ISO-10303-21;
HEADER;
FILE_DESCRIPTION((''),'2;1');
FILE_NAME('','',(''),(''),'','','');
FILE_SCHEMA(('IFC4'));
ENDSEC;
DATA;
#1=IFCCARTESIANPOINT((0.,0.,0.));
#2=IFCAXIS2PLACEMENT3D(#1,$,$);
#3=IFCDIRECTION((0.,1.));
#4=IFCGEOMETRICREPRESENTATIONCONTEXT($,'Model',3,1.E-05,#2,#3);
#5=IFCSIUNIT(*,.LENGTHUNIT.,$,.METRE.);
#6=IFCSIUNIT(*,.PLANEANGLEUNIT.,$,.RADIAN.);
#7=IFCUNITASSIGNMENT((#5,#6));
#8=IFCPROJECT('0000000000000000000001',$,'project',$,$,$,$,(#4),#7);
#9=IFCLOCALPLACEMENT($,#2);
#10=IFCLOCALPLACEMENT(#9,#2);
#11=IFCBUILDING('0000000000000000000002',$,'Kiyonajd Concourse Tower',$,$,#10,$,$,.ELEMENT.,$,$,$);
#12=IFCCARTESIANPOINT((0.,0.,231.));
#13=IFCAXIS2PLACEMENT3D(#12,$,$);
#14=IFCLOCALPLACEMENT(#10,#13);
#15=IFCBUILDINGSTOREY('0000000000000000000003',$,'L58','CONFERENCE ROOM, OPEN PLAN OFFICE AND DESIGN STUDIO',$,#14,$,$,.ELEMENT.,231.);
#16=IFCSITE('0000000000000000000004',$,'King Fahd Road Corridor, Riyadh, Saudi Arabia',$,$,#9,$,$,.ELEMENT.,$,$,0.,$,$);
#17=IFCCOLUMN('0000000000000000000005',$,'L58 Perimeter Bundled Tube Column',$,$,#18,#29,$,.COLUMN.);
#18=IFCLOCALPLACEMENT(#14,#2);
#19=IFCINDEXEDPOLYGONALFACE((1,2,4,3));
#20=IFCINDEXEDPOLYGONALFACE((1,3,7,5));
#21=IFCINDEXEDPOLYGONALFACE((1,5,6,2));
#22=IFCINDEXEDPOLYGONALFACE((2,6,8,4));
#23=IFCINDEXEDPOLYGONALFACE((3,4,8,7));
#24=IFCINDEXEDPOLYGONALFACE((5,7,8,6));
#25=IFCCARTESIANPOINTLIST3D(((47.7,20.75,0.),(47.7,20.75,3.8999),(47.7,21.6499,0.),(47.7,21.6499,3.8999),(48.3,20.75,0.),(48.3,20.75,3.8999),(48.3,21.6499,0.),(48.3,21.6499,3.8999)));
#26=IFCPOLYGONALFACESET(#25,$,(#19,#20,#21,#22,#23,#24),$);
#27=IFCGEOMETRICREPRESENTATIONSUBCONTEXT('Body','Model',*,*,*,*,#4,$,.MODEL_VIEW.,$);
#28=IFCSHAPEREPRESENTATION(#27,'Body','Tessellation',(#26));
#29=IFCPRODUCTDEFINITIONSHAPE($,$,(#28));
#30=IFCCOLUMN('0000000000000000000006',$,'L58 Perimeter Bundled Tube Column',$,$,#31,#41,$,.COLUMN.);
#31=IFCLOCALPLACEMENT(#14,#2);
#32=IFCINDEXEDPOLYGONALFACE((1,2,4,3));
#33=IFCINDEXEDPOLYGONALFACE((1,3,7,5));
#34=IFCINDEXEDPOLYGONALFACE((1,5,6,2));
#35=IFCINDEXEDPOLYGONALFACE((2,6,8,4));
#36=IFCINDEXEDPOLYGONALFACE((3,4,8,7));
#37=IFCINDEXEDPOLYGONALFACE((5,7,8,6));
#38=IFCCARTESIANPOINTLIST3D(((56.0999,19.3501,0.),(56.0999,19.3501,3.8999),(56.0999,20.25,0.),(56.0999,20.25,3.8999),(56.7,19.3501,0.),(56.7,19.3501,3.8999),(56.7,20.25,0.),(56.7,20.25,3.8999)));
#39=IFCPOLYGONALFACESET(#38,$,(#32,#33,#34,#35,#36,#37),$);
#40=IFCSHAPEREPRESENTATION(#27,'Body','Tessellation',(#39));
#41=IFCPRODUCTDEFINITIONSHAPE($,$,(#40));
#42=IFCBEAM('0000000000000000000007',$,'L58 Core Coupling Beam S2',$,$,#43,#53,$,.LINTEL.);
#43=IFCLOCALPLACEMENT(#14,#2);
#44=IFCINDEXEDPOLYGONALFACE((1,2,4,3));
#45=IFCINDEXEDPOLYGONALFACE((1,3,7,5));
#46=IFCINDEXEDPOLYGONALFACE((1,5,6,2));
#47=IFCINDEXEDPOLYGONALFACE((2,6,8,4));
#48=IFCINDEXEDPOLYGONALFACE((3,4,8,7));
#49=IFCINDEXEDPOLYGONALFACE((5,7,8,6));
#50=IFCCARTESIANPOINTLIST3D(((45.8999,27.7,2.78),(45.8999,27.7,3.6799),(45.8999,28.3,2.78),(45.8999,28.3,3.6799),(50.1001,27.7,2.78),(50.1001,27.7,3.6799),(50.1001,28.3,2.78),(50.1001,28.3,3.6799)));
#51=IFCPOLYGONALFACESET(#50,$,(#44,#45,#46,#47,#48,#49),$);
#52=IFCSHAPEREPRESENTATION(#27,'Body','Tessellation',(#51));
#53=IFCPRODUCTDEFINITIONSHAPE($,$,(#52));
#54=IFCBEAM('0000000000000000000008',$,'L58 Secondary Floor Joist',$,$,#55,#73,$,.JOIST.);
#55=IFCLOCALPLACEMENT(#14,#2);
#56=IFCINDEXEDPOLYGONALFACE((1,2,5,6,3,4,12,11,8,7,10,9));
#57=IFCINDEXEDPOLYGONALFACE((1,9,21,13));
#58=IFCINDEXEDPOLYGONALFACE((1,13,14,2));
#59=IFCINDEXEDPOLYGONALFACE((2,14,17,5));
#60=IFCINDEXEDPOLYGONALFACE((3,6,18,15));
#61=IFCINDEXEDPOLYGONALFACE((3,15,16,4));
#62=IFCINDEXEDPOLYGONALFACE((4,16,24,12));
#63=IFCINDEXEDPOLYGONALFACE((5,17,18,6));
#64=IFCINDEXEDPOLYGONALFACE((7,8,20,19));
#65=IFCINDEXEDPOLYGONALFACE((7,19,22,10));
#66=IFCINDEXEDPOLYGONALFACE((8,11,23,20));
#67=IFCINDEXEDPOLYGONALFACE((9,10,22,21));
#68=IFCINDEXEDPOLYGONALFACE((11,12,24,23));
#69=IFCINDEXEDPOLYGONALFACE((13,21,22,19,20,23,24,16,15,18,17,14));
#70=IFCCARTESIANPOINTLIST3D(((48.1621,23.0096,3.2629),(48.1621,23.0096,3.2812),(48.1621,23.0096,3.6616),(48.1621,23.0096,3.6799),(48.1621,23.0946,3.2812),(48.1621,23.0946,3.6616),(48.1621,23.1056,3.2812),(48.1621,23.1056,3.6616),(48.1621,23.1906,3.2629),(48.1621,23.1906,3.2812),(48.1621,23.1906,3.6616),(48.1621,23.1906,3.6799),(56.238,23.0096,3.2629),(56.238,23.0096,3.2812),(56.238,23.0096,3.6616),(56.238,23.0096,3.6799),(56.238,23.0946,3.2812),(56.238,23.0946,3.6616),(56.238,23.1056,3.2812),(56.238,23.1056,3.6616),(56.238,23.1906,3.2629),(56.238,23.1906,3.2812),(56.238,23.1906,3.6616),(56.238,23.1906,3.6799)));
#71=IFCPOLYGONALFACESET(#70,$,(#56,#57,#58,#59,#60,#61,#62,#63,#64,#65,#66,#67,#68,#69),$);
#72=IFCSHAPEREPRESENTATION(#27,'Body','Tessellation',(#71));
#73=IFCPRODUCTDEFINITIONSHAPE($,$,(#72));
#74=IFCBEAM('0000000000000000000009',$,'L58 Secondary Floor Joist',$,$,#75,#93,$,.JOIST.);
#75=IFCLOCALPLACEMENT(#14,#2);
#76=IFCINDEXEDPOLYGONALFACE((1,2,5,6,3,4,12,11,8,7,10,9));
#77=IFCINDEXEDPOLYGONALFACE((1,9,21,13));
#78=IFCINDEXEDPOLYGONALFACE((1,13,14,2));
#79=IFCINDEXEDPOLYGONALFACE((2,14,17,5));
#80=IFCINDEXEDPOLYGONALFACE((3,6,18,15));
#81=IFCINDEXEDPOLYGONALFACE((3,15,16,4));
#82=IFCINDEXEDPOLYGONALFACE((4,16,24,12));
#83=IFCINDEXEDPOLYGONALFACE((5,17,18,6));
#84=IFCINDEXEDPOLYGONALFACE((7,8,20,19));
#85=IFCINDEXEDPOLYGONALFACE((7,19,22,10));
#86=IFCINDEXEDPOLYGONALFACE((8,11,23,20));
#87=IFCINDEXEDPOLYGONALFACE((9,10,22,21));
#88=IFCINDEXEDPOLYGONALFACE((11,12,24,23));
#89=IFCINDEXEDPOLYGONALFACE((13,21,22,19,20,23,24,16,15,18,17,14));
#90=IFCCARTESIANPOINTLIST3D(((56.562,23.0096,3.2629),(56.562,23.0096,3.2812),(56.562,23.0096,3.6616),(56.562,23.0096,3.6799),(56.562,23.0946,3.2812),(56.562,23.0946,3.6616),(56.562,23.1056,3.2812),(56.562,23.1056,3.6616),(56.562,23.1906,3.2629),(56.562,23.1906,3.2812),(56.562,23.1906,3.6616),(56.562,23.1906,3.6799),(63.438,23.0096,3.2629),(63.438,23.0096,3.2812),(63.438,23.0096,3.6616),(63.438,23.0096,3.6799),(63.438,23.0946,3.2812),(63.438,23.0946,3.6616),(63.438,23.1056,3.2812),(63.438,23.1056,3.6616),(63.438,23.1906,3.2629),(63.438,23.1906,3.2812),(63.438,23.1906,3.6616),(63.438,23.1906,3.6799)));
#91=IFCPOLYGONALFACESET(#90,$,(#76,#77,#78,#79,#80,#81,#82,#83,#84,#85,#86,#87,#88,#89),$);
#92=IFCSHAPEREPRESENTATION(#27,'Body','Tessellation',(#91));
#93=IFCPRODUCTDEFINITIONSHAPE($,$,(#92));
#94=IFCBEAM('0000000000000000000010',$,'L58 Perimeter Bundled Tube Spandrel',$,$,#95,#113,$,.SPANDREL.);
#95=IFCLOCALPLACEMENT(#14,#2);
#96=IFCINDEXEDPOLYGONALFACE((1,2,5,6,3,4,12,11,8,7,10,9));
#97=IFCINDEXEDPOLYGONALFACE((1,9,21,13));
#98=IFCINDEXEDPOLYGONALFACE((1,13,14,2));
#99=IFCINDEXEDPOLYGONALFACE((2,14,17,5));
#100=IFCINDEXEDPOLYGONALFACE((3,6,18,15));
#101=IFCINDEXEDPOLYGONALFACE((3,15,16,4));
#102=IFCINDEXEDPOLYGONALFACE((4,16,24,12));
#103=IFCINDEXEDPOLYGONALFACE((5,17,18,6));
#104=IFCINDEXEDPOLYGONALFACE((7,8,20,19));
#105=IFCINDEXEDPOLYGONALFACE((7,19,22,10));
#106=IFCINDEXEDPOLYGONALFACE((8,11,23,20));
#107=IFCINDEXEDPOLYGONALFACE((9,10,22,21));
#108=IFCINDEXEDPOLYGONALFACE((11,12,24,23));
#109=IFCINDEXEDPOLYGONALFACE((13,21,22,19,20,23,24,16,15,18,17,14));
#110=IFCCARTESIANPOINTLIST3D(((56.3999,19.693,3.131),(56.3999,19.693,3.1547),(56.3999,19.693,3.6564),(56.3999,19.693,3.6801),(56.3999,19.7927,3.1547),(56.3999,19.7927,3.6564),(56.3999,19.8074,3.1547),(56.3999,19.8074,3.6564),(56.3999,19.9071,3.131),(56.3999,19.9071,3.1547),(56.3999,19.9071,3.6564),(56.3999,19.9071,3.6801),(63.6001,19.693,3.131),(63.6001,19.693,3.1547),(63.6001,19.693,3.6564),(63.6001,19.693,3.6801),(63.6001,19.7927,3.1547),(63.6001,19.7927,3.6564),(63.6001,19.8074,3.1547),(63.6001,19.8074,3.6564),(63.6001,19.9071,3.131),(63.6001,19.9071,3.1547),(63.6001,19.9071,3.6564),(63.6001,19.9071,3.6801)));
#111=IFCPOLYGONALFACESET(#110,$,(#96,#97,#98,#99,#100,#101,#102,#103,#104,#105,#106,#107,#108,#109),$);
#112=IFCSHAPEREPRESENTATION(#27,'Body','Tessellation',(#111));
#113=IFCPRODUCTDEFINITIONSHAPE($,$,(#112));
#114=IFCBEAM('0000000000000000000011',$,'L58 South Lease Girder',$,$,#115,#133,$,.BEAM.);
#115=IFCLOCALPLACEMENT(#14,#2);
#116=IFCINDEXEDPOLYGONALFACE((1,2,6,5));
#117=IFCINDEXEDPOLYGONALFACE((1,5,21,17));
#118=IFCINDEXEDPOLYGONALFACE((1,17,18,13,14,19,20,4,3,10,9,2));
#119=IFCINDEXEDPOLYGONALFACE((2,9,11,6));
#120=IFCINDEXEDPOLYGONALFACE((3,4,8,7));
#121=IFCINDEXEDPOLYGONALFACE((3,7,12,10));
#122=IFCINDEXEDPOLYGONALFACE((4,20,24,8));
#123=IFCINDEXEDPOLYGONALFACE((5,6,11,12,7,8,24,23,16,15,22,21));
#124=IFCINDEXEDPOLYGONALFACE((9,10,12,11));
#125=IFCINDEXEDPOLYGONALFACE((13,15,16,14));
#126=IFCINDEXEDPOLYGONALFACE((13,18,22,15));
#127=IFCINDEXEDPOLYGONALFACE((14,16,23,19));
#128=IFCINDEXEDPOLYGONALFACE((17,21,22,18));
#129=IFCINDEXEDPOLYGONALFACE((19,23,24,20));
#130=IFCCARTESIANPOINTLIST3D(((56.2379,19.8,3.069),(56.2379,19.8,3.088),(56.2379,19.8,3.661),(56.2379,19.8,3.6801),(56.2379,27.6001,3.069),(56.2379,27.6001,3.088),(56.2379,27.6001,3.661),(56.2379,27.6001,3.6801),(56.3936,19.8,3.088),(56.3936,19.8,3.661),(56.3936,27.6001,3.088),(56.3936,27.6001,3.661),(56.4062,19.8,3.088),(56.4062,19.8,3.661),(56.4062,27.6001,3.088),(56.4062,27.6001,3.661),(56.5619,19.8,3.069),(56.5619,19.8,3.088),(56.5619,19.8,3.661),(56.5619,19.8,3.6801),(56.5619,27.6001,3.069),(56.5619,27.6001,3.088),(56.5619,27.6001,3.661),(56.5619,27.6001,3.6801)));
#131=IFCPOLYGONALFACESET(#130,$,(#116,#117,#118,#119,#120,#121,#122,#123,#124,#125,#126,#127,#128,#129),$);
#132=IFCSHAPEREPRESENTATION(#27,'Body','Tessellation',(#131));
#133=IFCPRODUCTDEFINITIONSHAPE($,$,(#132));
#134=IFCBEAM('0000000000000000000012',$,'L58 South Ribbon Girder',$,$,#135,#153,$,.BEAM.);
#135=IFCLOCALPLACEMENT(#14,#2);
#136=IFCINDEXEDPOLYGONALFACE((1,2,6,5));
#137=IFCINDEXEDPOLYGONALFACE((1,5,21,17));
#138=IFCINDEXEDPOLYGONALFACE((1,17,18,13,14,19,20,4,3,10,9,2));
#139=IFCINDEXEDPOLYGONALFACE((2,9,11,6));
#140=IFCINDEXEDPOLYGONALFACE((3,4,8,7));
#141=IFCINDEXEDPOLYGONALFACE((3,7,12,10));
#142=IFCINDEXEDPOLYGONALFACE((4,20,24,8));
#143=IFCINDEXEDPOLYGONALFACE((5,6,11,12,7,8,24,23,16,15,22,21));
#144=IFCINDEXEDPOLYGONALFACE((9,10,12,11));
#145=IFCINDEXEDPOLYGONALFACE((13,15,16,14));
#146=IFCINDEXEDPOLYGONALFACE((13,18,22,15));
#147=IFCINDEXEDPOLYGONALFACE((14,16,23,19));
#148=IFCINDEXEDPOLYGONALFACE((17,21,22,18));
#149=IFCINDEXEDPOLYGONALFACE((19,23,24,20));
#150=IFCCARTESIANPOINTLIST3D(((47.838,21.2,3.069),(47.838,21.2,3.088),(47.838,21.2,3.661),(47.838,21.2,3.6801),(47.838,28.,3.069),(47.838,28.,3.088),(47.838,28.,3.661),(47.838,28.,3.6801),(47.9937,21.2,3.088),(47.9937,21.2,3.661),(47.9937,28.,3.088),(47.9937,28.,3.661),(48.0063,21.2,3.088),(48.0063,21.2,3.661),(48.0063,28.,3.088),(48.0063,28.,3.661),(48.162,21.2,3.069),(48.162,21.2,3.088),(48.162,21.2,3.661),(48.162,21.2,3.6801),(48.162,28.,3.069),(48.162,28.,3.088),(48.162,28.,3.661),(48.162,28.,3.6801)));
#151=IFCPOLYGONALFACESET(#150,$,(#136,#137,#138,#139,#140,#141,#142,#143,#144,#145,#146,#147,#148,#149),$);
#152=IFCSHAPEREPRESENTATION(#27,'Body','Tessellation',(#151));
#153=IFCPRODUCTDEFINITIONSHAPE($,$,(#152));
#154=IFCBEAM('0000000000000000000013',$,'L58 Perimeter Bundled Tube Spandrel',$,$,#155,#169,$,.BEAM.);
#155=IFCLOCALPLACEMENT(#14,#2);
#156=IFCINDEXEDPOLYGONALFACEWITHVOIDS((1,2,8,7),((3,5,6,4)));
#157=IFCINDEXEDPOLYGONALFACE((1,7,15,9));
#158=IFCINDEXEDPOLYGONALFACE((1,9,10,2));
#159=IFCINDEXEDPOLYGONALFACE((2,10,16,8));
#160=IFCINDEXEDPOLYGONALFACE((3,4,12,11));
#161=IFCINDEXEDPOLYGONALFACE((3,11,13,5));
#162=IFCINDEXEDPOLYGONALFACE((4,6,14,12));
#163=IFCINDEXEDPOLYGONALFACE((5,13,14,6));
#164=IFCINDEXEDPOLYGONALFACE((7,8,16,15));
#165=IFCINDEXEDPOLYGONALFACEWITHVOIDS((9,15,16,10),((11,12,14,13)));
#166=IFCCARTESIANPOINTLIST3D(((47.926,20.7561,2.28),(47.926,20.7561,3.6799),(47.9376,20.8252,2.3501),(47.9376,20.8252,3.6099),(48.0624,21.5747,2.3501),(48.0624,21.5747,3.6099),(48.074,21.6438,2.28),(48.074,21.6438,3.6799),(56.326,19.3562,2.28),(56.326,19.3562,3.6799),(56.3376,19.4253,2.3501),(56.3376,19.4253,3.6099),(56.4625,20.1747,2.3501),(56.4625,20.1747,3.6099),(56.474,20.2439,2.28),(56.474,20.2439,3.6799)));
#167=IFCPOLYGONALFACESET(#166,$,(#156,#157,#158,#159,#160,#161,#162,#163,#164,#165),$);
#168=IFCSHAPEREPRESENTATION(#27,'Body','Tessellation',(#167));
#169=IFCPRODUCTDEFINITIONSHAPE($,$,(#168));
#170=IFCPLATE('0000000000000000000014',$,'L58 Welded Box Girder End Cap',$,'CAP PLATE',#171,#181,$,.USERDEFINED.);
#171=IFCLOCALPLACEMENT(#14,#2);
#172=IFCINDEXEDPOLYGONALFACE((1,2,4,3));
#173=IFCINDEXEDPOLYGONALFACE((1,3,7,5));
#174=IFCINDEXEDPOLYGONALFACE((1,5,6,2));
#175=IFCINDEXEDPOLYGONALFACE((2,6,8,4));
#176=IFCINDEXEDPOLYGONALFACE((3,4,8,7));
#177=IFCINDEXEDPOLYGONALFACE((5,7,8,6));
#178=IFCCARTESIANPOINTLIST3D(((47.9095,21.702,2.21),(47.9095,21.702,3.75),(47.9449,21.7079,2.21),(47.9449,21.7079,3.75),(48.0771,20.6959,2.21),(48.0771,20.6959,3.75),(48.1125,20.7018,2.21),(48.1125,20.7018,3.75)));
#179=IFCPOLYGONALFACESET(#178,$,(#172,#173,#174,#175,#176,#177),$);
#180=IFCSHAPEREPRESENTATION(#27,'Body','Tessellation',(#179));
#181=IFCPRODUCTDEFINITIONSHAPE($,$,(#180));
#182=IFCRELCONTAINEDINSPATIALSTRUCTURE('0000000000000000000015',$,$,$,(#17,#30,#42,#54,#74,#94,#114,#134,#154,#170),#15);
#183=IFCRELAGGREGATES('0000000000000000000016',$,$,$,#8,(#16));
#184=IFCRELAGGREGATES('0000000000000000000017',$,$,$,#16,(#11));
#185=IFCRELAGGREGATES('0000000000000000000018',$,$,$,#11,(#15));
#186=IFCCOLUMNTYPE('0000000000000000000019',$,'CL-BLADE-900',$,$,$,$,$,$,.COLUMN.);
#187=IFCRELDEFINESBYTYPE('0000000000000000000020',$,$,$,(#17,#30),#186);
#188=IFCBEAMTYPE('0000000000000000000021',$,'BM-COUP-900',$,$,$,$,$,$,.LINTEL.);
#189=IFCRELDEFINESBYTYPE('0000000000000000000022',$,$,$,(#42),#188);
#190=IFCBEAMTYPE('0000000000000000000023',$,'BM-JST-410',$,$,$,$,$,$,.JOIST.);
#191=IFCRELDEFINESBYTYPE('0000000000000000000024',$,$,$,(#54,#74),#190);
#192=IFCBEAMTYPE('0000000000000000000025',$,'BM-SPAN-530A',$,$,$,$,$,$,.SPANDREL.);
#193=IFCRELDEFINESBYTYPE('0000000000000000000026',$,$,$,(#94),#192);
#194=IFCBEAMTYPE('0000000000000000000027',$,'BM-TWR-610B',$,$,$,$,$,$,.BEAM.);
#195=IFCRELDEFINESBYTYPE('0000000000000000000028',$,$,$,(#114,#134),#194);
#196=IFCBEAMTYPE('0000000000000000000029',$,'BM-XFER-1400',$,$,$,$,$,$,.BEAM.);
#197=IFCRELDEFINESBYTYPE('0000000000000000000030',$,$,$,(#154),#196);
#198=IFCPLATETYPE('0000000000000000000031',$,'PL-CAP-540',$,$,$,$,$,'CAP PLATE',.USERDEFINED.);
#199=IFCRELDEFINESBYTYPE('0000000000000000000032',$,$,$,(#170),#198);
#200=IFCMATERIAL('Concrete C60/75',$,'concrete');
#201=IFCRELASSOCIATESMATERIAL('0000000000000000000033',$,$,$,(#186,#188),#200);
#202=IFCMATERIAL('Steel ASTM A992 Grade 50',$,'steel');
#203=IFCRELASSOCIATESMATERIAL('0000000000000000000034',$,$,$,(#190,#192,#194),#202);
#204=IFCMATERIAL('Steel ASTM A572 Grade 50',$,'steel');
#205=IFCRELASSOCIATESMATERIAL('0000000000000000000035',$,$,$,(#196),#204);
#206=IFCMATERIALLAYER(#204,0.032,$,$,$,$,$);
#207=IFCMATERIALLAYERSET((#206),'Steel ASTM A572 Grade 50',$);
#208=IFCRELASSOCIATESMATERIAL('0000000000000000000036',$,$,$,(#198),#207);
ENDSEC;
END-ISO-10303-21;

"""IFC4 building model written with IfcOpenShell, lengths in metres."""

from ifc_helpers import new_model, si_unit, direction, frame, origin, origin_2d, place, context, subcontext, project, spatial, rectangle, hollow_rectangle, i_section, extrude, material, layer, layer_set, material_profile, profile_set, type_object, element, save


model = new_model("IFC4")

# Units and contexts
model_context = context("Model", 3, precision=1e-05, world=origin(), true_north=direction((0.0, 1.0)))
body_context = subcontext(model_context, "Body", "Model", "MODEL_VIEW")
ifc_project = project(units=[si_unit("LENGTHUNIT", "METRE"), si_unit("PLANEANGLEUNIT", "RADIAN")], contexts=[model_context])

# Site, building, storey
site_placement = place(None, origin())
site = spatial("IfcSite", under=ifc_project, at=site_placement, Name="King Fahd Road Corridor, Riyadh, Saudi Arabia", CompositionType="ELEMENT", RefElevation=0.0)
building_placement = place(site_placement, origin())
building = spatial("IfcBuilding", under=site, at=building_placement, Name="Kiyonajd Concourse Tower", CompositionType="ELEMENT")
storey_placement = place(building_placement, frame((0.0, 0.0, 231.0)))
storey = spatial("IfcBuildingStorey", under=building, at=storey_placement, Name="L58", Description="CONFERENCE ROOM, OPEN PLAN OFFICE AND DESIGN STUDIO", CompositionType="ELEMENT", Elevation=231.0)

# Columns
ifc_material_1 = material(Name="Concrete C60/75", Category="concrete")
ifc_material_profile_1 = material_profile(ifc_material_1, rectangle(XDim=0.6001, YDim=0.8999, at=origin_2d()), Name="RC-900x600")
ifc_profile_set_1 = profile_set([ifc_material_profile_1], Name="Concrete C60/75")
column_type = type_object("IfcColumnType", Name="CL-BLADE-900", PredefinedType="COLUMN", material=ifc_profile_set_1)
for number, where, z_axis, x_axis, name in (
    (1, (48.0, 21.2, 0.0), (0.0, 0.0, 1.0), (1.0, 0.0, 0.0), "L58 Perimeter Bundled Tube Column"),
    (2, (56.3999, 19.8, 0.0), (0.0, 0.0, 1.0), (1.0, 0.0, 0.0), "L58 Perimeter Bundled Tube Column"),
):
    element("IfcColumn", number, at=place(storey_placement, frame(where, z_axis=z_axis, x_axis=x_axis)), inside=storey, type_object=column_type, Name=name, PredefinedType="COLUMN", context=body_context, shape_type="SweptSolid", body=[
        extrude(rectangle(XDim=0.6001, YDim=0.8999, at=origin_2d()), origin(), (0.0, 0.0, 1.0), 3.8999),
    ])

# Beams
ifc_material_profile_2 = material_profile(ifc_material_1, rectangle(XDim=0.6001, YDim=0.8999, at=origin_2d()), Name="RCBM-600x900")
ifc_profile_set_2 = profile_set([ifc_material_profile_2], Name="Concrete C60/75")
beam_type_1 = type_object("IfcBeamType", Name="BM-COUP-900", PredefinedType="LINTEL", material=ifc_profile_set_2)
beam_1_placement = place(storey_placement, frame((45.8999, 28.0, 3.23), z_axis=(1.0, 0.0, 0.0), x_axis=(0.0, 1.0, 0.0)))
element("IfcBeam", 3, at=beam_1_placement, inside=storey, type_object=beam_type_1, Name="L58 Core Coupling Beam S2", PredefinedType="LINTEL", context=body_context, shape_type="SweptSolid", body=[
    extrude(rectangle(XDim=0.6001, YDim=0.8999, at=origin_2d()), origin(), (0.0, 0.0, 1.0), 4.2002),
])
ifc_material_2 = material(Name="Steel ASTM A992 Grade 50", Category="steel")
ifc_material_profile_3 = material_profile(ifc_material_2, i_section(OverallWidth=0.1809, OverallDepth=0.417, WebThickness=0.011, FlangeThickness=0.0183, at=origin_2d()), Name="W410X85")
ifc_profile_set_3 = profile_set([ifc_material_profile_3], Name="Steel ASTM A992 Grade 50")
beam_type_2 = type_object("IfcBeamType", Name="BM-JST-410", PredefinedType="JOIST", material=ifc_profile_set_3)
beam_2_placement = place(storey_placement, frame((48.1621, 23.1001, 3.4714), z_axis=(1.0, 0.0, 0.0), x_axis=(0.0, 1.0, 0.0)))
element("IfcBeam", 4, at=beam_2_placement, inside=storey, type_object=beam_type_2, Name="L58 Secondary Floor Joist", PredefinedType="JOIST", context=body_context, shape_type="SweptSolid", body=[
    extrude(i_section(OverallWidth=0.1809, OverallDepth=0.417, WebThickness=0.011, FlangeThickness=0.0183, at=origin_2d()), origin(), (0.0, 0.0, 1.0), 8.0759),
])
beam_3_placement = place(storey_placement, frame((56.562, 23.1001, 3.4714), z_axis=(1.0, 0.0, 0.0), x_axis=(0.0, 1.0, 0.0)))
element("IfcBeam", 5, at=beam_3_placement, inside=storey, type_object=beam_type_2, Name="L58 Secondary Floor Joist", PredefinedType="JOIST", context=body_context, shape_type="SweptSolid", body=[
    extrude(i_section(OverallWidth=0.1809, OverallDepth=0.417, WebThickness=0.011, FlangeThickness=0.0183, at=origin_2d()), origin(), (0.0, 0.0, 1.0), 6.876),
])
ifc_material_profile_4 = material_profile(ifc_material_2, i_section(OverallWidth=0.2141, OverallDepth=0.5491, WebThickness=0.0146, FlangeThickness=0.0237, at=origin_2d()), Name="W530X138")
ifc_profile_set_4 = profile_set([ifc_material_profile_4], Name="Steel ASTM A992 Grade 50")
beam_type_3 = type_object("IfcBeamType", Name="BM-SPAN-530A", PredefinedType="SPANDREL", material=ifc_profile_set_4)
beam_4_placement = place(storey_placement, frame((56.3999, 19.8, 3.4055), z_axis=(1.0, 0.0, 0.0), x_axis=(0.0, 1.0, 0.0)))
element("IfcBeam", 6, at=beam_4_placement, inside=storey, type_object=beam_type_3, Name="L58 Perimeter Bundled Tube Spandrel", PredefinedType="SPANDREL", context=body_context, shape_type="SweptSolid", body=[
    extrude(i_section(OverallWidth=0.2141, OverallDepth=0.5491, WebThickness=0.0146, FlangeThickness=0.0237, at=origin_2d()), origin(), (0.0, 0.0, 1.0), 7.2002),
])
ifc_material_profile_5 = material_profile(ifc_material_2, i_section(OverallWidth=0.324, OverallDepth=0.6111, WebThickness=0.0127, FlangeThickness=0.019, at=origin_2d()), Name="W610X155")
ifc_profile_set_5 = profile_set([ifc_material_profile_5], Name="Steel ASTM A992 Grade 50")
beam_type_4 = type_object("IfcBeamType", Name="BM-TWR-610B", PredefinedType="BEAM", material=ifc_profile_set_5)
beam_5_placement = place(storey_placement, frame((56.3999, 19.8, 3.3745), z_axis=(0.0, 1.0, 0.0), x_axis=(-1.0, 0.0, 0.0)))
element("IfcBeam", 7, at=beam_5_placement, inside=storey, type_object=beam_type_4, Name="L58 South Lease Girder", PredefinedType="BEAM", context=body_context, shape_type="SweptSolid", body=[
    extrude(i_section(OverallWidth=0.324, OverallDepth=0.6111, WebThickness=0.0127, FlangeThickness=0.019, at=origin_2d()), origin(), (0.0, 0.0, 1.0), 7.8),
])
beam_6_placement = place(storey_placement, frame((48.0, 21.2, 3.3745), z_axis=(0.0, 1.0, 0.0), x_axis=(-1.0, 0.0, 0.0)))
element("IfcBeam", 8, at=beam_6_placement, inside=storey, type_object=beam_type_4, Name="L58 South Ribbon Girder", PredefinedType="BEAM", context=body_context, shape_type="SweptSolid", body=[
    extrude(i_section(OverallWidth=0.324, OverallDepth=0.6111, WebThickness=0.0127, FlangeThickness=0.019, at=origin_2d()), origin(), (0.0, 0.0, 1.0), 6.8),
])
ifc_material_3 = material(Name="Steel ASTM A572 Grade 50", Category="steel")
ifc_material_profile_6 = material_profile(ifc_material_3, hollow_rectangle(XDim=0.8999, YDim=1.3999, WallThickness=0.0701, at=origin_2d()), Name="BOX-1400x900x70")
ifc_profile_set_6 = profile_set([ifc_material_profile_6], Name="Steel ASTM A572 Grade 50")
beam_type_5 = type_object("IfcBeamType", Name="BM-XFER-1400", PredefinedType="BEAM", material=ifc_profile_set_6)
beam_7_placement = place(storey_placement, frame((48.0, 21.2, 2.98), z_axis=(0.986395, -0.16439, 0.0), x_axis=(0.16439, 0.986395, 0.0)))
element("IfcBeam", 9, at=beam_7_placement, inside=storey, type_object=beam_type_5, Name="L58 Perimeter Bundled Tube Spandrel", PredefinedType="BEAM", context=body_context, shape_type="SweptSolid", body=[
    extrude(hollow_rectangle(XDim=0.8999, YDim=1.3999, WallThickness=0.0701, at=origin_2d()), origin(), (0.0, 0.0, 1.0), 8.5159),
])

# Plate
ifc_layer_1 = layer(ifc_material_3, 0.032)
ifc_layer_set_1 = layer_set([ifc_layer_1], Name="Steel ASTM A572 Grade 50")
plate_type_1 = type_object("IfcPlateType", Name="PL-CAP-540", ElementType="CAP PLATE", PredefinedType="USERDEFINED", material=ifc_layer_set_1)
for number, where, z_axis, x_axis, name in (
    (10, (48.011, 21.2019, 2.21), (0.0, 0.0, 1.0), (0.986401, 0.164359, 0.0), "L58 Welded Box Girder End Cap"),
):
    element("IfcPlate", number, at=place(storey_placement, frame(where, z_axis=z_axis, x_axis=x_axis)), inside=storey, type_object=plate_type_1, Name=name, ObjectType="CAP PLATE", PredefinedType="USERDEFINED", context=body_context, shape_type="SweptSolid", body=[
        extrude(rectangle(XDim=0.0359, YDim=1.02, at=origin_2d()), origin(), (0.0, 0.0, 1.0), 1.54),
    ])

save(model, "model.ifc")
